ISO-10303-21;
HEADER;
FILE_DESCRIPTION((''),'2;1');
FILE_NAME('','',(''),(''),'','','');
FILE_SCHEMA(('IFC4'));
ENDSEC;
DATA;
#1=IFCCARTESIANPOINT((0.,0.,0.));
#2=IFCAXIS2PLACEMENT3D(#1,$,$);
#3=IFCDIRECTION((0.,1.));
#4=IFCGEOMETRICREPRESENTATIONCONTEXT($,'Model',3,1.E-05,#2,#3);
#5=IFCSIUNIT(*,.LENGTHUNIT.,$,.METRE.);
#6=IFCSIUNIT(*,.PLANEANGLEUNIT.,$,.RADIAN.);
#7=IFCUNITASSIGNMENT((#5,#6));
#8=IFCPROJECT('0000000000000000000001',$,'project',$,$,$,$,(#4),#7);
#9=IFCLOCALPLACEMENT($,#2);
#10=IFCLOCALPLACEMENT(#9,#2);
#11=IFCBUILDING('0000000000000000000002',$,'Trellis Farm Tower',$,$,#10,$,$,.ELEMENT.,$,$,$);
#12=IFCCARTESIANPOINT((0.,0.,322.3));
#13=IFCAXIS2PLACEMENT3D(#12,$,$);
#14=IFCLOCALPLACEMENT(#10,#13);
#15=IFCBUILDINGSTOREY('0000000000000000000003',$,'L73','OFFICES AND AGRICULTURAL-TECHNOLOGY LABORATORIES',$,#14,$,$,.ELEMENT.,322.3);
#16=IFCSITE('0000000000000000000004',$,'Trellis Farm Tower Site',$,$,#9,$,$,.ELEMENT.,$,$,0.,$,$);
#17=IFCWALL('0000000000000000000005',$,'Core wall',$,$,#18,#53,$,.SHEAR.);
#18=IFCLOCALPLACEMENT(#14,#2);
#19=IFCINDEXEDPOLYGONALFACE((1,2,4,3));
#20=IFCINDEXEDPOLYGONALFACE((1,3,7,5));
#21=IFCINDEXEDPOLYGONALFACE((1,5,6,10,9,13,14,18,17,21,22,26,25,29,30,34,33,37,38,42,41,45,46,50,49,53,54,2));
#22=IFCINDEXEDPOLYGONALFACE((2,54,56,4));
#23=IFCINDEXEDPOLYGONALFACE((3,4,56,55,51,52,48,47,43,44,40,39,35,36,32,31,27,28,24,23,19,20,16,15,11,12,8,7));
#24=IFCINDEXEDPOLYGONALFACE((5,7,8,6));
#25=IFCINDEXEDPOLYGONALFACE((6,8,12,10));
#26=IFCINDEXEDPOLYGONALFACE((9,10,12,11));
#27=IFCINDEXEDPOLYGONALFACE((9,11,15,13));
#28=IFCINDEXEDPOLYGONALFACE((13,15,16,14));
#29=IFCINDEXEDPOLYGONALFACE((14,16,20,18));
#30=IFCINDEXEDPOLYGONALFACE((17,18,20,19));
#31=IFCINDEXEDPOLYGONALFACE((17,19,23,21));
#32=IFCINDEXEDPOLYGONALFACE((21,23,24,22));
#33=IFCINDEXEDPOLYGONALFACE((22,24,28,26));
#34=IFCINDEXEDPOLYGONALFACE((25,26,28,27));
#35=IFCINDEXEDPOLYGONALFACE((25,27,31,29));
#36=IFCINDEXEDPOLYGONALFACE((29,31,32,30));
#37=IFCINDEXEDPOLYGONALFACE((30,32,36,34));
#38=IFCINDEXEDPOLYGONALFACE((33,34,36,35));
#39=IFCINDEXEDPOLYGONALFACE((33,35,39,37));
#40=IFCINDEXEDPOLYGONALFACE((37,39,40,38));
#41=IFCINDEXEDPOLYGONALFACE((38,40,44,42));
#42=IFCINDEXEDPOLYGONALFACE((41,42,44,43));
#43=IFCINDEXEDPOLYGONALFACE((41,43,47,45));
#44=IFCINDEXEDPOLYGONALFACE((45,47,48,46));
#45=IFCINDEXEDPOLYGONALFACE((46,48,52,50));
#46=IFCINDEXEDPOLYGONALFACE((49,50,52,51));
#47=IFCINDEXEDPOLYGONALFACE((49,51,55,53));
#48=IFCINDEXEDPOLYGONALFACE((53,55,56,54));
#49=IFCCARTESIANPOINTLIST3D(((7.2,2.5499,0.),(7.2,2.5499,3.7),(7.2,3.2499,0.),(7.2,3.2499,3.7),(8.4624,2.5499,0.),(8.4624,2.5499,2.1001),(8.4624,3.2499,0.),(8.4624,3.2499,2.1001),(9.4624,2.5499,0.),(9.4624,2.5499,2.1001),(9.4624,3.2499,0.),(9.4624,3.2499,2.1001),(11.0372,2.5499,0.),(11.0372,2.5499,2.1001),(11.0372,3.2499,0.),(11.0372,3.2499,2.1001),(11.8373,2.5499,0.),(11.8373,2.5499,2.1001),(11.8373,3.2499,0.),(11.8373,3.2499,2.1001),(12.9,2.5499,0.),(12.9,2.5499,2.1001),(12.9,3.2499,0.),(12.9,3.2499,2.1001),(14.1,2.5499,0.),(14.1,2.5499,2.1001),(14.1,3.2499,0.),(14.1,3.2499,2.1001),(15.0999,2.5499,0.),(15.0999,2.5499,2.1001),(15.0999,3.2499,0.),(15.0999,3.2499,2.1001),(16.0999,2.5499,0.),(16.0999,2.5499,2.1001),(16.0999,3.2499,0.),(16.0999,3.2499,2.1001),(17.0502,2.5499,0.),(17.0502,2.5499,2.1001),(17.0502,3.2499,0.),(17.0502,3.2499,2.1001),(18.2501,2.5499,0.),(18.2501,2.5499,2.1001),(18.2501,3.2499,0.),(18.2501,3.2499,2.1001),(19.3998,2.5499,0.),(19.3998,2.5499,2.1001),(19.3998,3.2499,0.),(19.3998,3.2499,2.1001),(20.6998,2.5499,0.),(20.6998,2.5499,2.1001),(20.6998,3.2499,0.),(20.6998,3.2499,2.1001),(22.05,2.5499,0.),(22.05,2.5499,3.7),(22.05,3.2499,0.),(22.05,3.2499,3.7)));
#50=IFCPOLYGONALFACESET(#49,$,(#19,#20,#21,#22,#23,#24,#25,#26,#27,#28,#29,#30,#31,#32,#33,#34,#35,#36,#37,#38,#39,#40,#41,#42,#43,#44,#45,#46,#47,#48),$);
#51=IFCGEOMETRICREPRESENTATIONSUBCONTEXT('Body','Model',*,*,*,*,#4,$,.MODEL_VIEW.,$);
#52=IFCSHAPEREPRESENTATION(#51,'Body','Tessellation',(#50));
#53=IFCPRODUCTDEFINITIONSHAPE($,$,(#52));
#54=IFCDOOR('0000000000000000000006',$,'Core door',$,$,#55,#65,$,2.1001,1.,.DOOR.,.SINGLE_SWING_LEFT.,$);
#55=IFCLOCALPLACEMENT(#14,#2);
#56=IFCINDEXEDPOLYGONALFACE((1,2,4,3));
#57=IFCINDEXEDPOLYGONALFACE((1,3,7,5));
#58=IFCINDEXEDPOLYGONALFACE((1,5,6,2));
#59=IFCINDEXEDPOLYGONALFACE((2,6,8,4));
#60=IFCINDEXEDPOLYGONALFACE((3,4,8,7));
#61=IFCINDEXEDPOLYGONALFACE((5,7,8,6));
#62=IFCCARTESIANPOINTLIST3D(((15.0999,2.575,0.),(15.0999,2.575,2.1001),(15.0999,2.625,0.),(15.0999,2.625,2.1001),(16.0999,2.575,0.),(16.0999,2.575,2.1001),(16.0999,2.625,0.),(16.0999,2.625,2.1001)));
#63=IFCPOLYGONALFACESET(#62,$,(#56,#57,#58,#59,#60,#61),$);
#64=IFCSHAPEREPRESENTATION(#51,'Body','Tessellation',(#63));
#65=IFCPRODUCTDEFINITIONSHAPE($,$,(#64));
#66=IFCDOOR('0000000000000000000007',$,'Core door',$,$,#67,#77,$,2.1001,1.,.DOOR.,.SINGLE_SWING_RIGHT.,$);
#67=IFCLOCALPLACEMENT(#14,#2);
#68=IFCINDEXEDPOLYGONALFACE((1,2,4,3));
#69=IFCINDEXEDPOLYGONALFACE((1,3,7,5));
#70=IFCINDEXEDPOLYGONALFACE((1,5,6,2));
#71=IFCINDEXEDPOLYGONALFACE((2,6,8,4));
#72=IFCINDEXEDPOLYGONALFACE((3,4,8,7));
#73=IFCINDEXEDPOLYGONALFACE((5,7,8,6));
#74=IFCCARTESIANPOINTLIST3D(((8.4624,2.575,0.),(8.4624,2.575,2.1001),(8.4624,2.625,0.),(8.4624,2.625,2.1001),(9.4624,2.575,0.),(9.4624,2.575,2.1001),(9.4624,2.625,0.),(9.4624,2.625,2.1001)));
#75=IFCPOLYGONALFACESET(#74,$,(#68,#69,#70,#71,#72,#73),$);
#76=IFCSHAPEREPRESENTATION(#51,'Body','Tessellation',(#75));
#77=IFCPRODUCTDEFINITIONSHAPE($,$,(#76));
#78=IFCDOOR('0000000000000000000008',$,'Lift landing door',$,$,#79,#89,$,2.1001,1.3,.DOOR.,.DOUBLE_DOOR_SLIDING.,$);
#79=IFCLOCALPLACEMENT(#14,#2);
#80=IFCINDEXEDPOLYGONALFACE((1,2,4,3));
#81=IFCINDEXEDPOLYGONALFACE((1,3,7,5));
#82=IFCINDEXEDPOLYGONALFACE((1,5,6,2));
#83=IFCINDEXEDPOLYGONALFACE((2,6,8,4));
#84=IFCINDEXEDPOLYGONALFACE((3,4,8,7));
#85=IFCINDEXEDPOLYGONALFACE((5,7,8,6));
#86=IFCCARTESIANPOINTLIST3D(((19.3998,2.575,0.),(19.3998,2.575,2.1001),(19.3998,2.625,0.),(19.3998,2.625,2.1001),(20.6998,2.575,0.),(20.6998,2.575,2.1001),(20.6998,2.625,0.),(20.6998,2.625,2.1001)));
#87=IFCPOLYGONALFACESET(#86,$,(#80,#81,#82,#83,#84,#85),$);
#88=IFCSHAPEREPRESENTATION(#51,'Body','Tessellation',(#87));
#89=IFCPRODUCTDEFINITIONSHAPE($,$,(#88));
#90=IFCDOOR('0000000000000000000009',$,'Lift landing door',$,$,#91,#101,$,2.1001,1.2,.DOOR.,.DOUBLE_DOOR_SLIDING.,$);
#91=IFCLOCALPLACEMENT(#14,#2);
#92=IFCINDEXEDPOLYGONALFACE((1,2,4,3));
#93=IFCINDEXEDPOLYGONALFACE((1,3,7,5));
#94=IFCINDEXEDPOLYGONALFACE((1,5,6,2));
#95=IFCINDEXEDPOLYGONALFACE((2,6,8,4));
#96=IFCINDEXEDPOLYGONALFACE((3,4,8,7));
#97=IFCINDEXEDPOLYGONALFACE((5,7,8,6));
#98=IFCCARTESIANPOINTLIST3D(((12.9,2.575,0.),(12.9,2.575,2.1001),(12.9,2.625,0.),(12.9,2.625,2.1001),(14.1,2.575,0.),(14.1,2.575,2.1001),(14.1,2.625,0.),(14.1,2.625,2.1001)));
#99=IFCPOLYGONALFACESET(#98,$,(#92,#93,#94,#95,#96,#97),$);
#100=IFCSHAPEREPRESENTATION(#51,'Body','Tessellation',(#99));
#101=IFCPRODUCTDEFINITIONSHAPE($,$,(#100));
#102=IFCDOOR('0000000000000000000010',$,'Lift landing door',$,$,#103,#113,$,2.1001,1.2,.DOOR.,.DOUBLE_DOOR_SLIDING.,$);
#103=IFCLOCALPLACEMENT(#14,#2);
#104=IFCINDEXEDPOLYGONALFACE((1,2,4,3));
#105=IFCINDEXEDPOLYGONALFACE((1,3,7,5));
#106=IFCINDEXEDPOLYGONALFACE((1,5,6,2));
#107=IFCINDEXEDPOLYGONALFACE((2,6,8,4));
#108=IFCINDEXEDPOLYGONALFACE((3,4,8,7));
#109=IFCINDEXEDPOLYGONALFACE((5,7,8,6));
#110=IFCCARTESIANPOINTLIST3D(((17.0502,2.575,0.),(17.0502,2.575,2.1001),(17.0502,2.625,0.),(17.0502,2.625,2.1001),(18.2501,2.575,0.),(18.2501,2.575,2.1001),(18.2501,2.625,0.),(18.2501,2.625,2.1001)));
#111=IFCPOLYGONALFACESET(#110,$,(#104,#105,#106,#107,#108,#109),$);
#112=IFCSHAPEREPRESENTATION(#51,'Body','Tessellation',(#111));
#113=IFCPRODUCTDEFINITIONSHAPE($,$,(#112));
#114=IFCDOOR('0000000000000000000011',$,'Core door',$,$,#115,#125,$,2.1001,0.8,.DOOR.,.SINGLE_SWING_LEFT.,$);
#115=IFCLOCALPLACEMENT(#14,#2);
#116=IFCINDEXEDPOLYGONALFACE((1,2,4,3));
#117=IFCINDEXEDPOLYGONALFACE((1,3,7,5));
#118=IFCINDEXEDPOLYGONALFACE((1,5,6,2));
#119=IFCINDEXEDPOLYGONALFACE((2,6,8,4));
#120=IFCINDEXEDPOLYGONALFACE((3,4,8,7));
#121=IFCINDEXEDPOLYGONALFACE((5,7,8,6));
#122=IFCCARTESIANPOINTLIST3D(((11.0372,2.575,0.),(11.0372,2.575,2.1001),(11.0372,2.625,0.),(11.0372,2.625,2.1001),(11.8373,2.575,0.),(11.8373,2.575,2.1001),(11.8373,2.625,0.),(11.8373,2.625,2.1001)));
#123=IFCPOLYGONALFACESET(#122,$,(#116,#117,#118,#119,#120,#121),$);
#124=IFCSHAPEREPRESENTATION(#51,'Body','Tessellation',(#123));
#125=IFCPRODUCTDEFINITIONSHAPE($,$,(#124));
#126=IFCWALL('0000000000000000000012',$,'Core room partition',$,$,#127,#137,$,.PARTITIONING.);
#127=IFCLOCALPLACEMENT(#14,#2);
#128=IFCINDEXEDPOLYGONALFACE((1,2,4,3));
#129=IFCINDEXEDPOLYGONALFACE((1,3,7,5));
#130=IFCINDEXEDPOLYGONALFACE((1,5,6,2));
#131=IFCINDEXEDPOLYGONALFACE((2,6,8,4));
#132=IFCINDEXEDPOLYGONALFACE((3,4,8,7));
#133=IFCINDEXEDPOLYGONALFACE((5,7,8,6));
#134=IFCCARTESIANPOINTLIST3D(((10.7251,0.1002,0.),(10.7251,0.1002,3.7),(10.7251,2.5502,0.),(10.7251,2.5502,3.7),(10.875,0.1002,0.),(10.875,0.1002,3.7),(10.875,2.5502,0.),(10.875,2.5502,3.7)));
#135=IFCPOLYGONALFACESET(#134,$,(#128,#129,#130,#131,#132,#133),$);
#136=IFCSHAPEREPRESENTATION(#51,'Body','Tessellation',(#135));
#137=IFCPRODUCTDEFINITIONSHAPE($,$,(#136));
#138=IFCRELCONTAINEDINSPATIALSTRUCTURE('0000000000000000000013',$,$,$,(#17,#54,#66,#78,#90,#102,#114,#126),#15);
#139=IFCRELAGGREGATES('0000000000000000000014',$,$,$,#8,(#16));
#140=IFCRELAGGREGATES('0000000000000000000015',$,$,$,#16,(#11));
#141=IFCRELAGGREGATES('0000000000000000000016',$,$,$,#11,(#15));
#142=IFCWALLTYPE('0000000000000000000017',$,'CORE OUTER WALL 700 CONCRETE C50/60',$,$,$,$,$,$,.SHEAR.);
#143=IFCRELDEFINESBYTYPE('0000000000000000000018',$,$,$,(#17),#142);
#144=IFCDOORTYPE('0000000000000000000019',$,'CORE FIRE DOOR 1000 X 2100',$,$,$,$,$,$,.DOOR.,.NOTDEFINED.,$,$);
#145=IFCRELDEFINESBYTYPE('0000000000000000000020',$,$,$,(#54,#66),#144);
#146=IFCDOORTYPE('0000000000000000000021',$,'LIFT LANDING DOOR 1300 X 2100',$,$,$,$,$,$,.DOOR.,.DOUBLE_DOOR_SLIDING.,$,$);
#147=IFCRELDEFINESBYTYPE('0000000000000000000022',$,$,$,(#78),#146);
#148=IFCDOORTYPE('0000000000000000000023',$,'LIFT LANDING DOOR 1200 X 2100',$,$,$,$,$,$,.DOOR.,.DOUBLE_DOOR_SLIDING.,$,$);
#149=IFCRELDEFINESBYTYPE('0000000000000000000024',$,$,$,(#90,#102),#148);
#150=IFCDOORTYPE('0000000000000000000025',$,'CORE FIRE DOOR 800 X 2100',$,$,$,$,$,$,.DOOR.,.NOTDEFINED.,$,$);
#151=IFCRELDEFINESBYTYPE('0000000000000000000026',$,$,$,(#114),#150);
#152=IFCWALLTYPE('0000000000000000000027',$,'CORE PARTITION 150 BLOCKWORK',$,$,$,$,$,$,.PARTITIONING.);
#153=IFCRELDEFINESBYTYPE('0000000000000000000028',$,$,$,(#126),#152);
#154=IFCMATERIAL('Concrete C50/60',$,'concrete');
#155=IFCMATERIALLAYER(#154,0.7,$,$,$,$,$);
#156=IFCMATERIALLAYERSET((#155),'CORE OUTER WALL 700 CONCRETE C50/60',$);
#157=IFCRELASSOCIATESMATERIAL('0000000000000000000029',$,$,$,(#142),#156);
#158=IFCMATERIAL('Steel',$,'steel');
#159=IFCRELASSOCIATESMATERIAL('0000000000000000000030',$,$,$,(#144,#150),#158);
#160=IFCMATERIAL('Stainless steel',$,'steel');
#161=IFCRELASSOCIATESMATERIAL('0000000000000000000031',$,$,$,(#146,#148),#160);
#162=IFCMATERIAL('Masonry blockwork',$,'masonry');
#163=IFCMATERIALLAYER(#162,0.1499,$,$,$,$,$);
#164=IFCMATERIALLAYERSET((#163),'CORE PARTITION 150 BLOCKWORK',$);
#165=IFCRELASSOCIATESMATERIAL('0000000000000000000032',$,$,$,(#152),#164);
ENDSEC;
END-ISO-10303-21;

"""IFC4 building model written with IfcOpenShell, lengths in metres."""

from ifc_helpers import new_model, si_unit, direction, frame, frame_2d, origin, place, context, subcontext, project, spatial, rectangle, extrude, source, transform, mapped, material, layer, layer_set, type_object, element, fill, save


model = new_model("IFC4")

# Units and contexts
model_context = context("Model", 3, precision=1e-05, world=origin(), true_north=direction((0.0, 1.0)))
body_context = subcontext(model_context, "Body", "Model", "MODEL_VIEW")
ifc_project = project(units=[si_unit("LENGTHUNIT", "METRE"), si_unit("PLANEANGLEUNIT", "RADIAN")], contexts=[model_context])

# Site, building, storey
site_placement = place(None, origin())
site = spatial("IfcSite", under=ifc_project, at=site_placement, Name="Trellis Farm Tower Site", CompositionType="ELEMENT", RefElevation=0.0)
building_placement = place(site_placement, origin())
building = spatial("IfcBuilding", under=site, at=building_placement, Name="Trellis Farm Tower", CompositionType="ELEMENT")
storey_placement = place(building_placement, frame((0.0, 0.0, 322.3)))
storey = spatial("IfcBuildingStorey", under=building, at=storey_placement, Name="L73", Description="OFFICES AND AGRICULTURAL-TECHNOLOGY LABORATORIES", CompositionType="ELEMENT", Elevation=322.3)

# Wall, openings, doors
ifc_material_1 = material(Name="Concrete C50/60", Category="concrete")
ifc_layer_1 = layer(ifc_material_1, 0.7)
ifc_layer_set_1 = layer_set([ifc_layer_1], Name="CORE OUTER WALL 700 CONCRETE C50/60")
wall_type_1 = type_object("IfcWallType", Name="CORE OUTER WALL 700 CONCRETE C50/60", PredefinedType="SHEAR", material=ifc_layer_set_1)
shared_shape_1 = source(origin(), body_context, "Body", "SweptSolid", [
    extrude(rectangle(XDim=14.8501, YDim=0.7, at=frame_2d((7.425, 0.0))), origin(), (0.0, 0.0, 1.0), 3.7),
])
wall_1_placement = place(storey_placement, frame((7.2, 2.8999, 0.0), z_axis=(0.0, 0.0, 1.0), x_axis=(1.0, 0.0, 0.0)))
wall_1 = element("IfcWall", 1, at=wall_1_placement, inside=storey, type_object=wall_type_1, Name="Core wall", PredefinedType="SHEAR", context=body_context, shape_type="MappedRepresentation", body=[
    mapped(shared_shape_1, transform((0.0, 0.0, 0.0))),
])
shared_shape_2 = source(origin(), body_context, "Body", "SweptSolid", [
    extrude(rectangle(XDim=1.2, YDim=2.1001, at=frame_2d((0.6001, 1.05))), frame((0.0, 0.3601, 0.0), z_axis=(0.0, -1.0, 0.0), x_axis=(1.0, 0.0, 0.0)), (0.0, 0.0, 1.0), 0.7202),
])
opening_1_placement = place(wall_1_placement, frame((5.7, 0.0, 0.0)))
opening_1 = element("IfcOpeningElement", 2, at=opening_1_placement, cuts=wall_1, PredefinedType="OPENING", context=body_context, shape_type="MappedRepresentation", body=[
    mapped(shared_shape_2, transform((0.0, 0.0, 0.0))),
])
shared_shape_3 = source(origin(), body_context, "Body", "SweptSolid", [
    extrude(rectangle(XDim=1.3, YDim=2.1001, at=frame_2d((0.6499, 1.05))), frame((0.0, 0.3601, 0.0), z_axis=(0.0, -1.0, 0.0), x_axis=(1.0, 0.0, 0.0)), (0.0, 0.0, 1.0), 0.7202),
])
opening_2_placement = place(wall_1_placement, frame((12.2, 0.0, 0.0)))
opening_2 = element("IfcOpeningElement", 3, at=opening_2_placement, cuts=wall_1, PredefinedType="OPENING", context=body_context, shape_type="MappedRepresentation", body=[
    mapped(shared_shape_3, transform((0.0, 0.0, 0.0))),
])
opening_3_placement = place(wall_1_placement, frame((9.8501, 0.0, 0.0)))
opening_3 = element("IfcOpeningElement", 4, at=opening_3_placement, cuts=wall_1, PredefinedType="OPENING", context=body_context, shape_type="MappedRepresentation", body=[
    mapped(shared_shape_2, transform((0.0, 0.0, 0.0))),
])
shared_shape_4 = source(origin(), body_context, "Body", "SweptSolid", [
    extrude(rectangle(XDim=1.0, YDim=2.1001, at=frame_2d((0.5, 1.05))), frame((0.0, 0.3601, 0.0), z_axis=(0.0, -1.0, 0.0), x_axis=(1.0, 0.0, 0.0)), (0.0, 0.0, 1.0), 0.7202),
])
opening_4_placement = place(wall_1_placement, frame((7.8999, 0.0, 0.0)))
opening_4 = element("IfcOpeningElement", 5, at=opening_4_placement, cuts=wall_1, PredefinedType="OPENING", context=body_context, shape_type="MappedRepresentation", body=[
    mapped(shared_shape_4, transform((0.0, 0.0, 0.0))),
])
opening_5_placement = place(wall_1_placement, frame((1.2625, 0.0, 0.0)))
opening_5 = element("IfcOpeningElement", 6, at=opening_5_placement, cuts=wall_1, PredefinedType="OPENING", context=body_context, shape_type="MappedRepresentation", body=[
    mapped(shared_shape_4, transform((0.0, 0.0, 0.0))),
])
shared_shape_5 = source(origin(), body_context, "Body", "SweptSolid", [
    extrude(rectangle(XDim=0.8, YDim=2.1001, at=frame_2d((0.3999, 1.05))), frame((0.0, 0.3601, 0.0), z_axis=(0.0, -1.0, 0.0), x_axis=(1.0, 0.0, 0.0)), (0.0, 0.0, 1.0), 0.7202),
])
opening_6_placement = place(wall_1_placement, frame((3.8374, 0.0, 0.0)))
opening_6 = element("IfcOpeningElement", 7, at=opening_6_placement, cuts=wall_1, PredefinedType="OPENING", context=body_context, shape_type="MappedRepresentation", body=[
    mapped(shared_shape_5, transform((0.0, 0.0, 0.0))),
])
ifc_material_2 = material(Name="Steel", Category="steel")
door_type_1 = type_object("IfcDoorType", Name="CORE FIRE DOOR 1000 X 2100", OperationType="NOTDEFINED", PredefinedType="DOOR", material=ifc_material_2)
shared_shape_6 = source(origin(), body_context, "Body", "SweptSolid", [
    extrude(rectangle(XDim=1.0, YDim=2.1001, at=frame_2d((0.5, 1.05))), frame((0.0, -0.2749, 0.0), z_axis=(0.0, -1.0, 0.0), x_axis=(1.0, 0.0, 0.0)), (0.0, 0.0, 1.0), 0.05),
])
door_1_placement = place(opening_4_placement, origin())
door_1 = element("IfcDoor", 8, at=door_1_placement, inside=storey, type_object=door_type_1, Name="Core door", OperationType="SINGLE_SWING_LEFT", OverallHeight=2.1001, OverallWidth=1.0, PredefinedType="DOOR", context=body_context, shape_type="MappedRepresentation", body=[
    mapped(shared_shape_6, transform((0.0, 0.0, 0.0))),
])
fill(opening_4, door_1)
door_2_placement = place(opening_5_placement, origin())
door_2 = element("IfcDoor", 9, at=door_2_placement, inside=storey, type_object=door_type_1, Name="Core door", OperationType="SINGLE_SWING_RIGHT", OverallHeight=2.1001, OverallWidth=1.0, PredefinedType="DOOR", context=body_context, shape_type="MappedRepresentation", body=[
    mapped(shared_shape_6, transform((0.0, 0.0, 0.0))),
])
fill(opening_5, door_2)
ifc_material_3 = material(Name="Stainless steel", Category="steel")
door_type_2 = type_object("IfcDoorType", Name="LIFT LANDING DOOR 1300 X 2100", OperationType="DOUBLE_DOOR_SLIDING", PredefinedType="DOOR", material=ifc_material_3)
shared_shape_7 = source(origin(), body_context, "Body", "SweptSolid", [
    extrude(rectangle(XDim=1.3, YDim=2.1001, at=frame_2d((0.6499, 1.05))), frame((0.0, -0.2749, 0.0), z_axis=(0.0, -1.0, 0.0), x_axis=(1.0, 0.0, 0.0)), (0.0, 0.0, 1.0), 0.05),
])
door_3_placement = place(opening_2_placement, origin())
door_3 = element("IfcDoor", 10, at=door_3_placement, inside=storey, type_object=door_type_2, Name="Lift landing door", OperationType="DOUBLE_DOOR_SLIDING", OverallHeight=2.1001, OverallWidth=1.3, PredefinedType="DOOR", context=body_context, shape_type="MappedRepresentation", body=[
    mapped(shared_shape_7, transform((0.0, 0.0, 0.0))),
])
fill(opening_2, door_3)
door_type_3 = type_object("IfcDoorType", Name="LIFT LANDING DOOR 1200 X 2100", OperationType="DOUBLE_DOOR_SLIDING", PredefinedType="DOOR", material=ifc_material_3)
shared_shape_8 = source(origin(), body_context, "Body", "SweptSolid", [
    extrude(rectangle(XDim=1.2, YDim=2.1001, at=frame_2d((0.6001, 1.05))), frame((0.0, -0.2749, 0.0), z_axis=(0.0, -1.0, 0.0), x_axis=(1.0, 0.0, 0.0)), (0.0, 0.0, 1.0), 0.05),
])
door_4_placement = place(opening_1_placement, origin())
door_4 = element("IfcDoor", 11, at=door_4_placement, inside=storey, type_object=door_type_3, Name="Lift landing door", OperationType="DOUBLE_DOOR_SLIDING", OverallHeight=2.1001, OverallWidth=1.2, PredefinedType="DOOR", context=body_context, shape_type="MappedRepresentation", body=[
    mapped(shared_shape_8, transform((0.0, 0.0, 0.0))),
])
fill(opening_1, door_4)
door_5_placement = place(opening_3_placement, origin())
door_5 = element("IfcDoor", 12, at=door_5_placement, inside=storey, type_object=door_type_3, Name="Lift landing door", OperationType="DOUBLE_DOOR_SLIDING", OverallHeight=2.1001, OverallWidth=1.2, PredefinedType="DOOR", context=body_context, shape_type="MappedRepresentation", body=[
    mapped(shared_shape_8, transform((0.0, 0.0, 0.0))),
])
fill(opening_3, door_5)
door_type_4 = type_object("IfcDoorType", Name="CORE FIRE DOOR 800 X 2100", OperationType="NOTDEFINED", PredefinedType="DOOR", material=ifc_material_2)
shared_shape_9 = source(origin(), body_context, "Body", "SweptSolid", [
    extrude(rectangle(XDim=0.8, YDim=2.1001, at=frame_2d((0.3999, 1.05))), frame((0.0, -0.2749, 0.0), z_axis=(0.0, -1.0, 0.0), x_axis=(1.0, 0.0, 0.0)), (0.0, 0.0, 1.0), 0.05),
])
door_6_placement = place(opening_6_placement, origin())
door_6 = element("IfcDoor", 13, at=door_6_placement, inside=storey, type_object=door_type_4, Name="Core door", OperationType="SINGLE_SWING_LEFT", OverallHeight=2.1001, OverallWidth=0.8, PredefinedType="DOOR", context=body_context, shape_type="MappedRepresentation", body=[
    mapped(shared_shape_9, transform((0.0, 0.0, 0.0))),
])
fill(opening_6, door_6)

# Wall
ifc_material_4 = material(Name="Masonry blockwork", Category="masonry")
ifc_layer_2 = layer(ifc_material_4, 0.1499)
ifc_layer_set_2 = layer_set([ifc_layer_2], Name="CORE PARTITION 150 BLOCKWORK")
wall_type_2 = type_object("IfcWallType", Name="CORE PARTITION 150 BLOCKWORK", PredefinedType="PARTITIONING", material=ifc_layer_set_2)
shared_shape_10 = source(origin(), body_context, "Body", "SweptSolid", [
    extrude(rectangle(XDim=2.45, YDim=0.1499, at=frame_2d((1.2251, 0.0))), origin(), (0.0, 0.0, 1.0), 3.7),
])
wall_2_placement = place(storey_placement, frame((10.8, 0.1001, 0.0), z_axis=(0.0, 0.0, 1.0), x_axis=(0.0, 1.0, 0.0)))
element("IfcWall", 14, at=wall_2_placement, inside=storey, type_object=wall_type_2, Name="Core room partition", PredefinedType="PARTITIONING", context=body_context, shape_type="MappedRepresentation", body=[
    mapped(shared_shape_10, transform((0.0, 0.0, 0.0))),
])

save(model, "model.ifc")
